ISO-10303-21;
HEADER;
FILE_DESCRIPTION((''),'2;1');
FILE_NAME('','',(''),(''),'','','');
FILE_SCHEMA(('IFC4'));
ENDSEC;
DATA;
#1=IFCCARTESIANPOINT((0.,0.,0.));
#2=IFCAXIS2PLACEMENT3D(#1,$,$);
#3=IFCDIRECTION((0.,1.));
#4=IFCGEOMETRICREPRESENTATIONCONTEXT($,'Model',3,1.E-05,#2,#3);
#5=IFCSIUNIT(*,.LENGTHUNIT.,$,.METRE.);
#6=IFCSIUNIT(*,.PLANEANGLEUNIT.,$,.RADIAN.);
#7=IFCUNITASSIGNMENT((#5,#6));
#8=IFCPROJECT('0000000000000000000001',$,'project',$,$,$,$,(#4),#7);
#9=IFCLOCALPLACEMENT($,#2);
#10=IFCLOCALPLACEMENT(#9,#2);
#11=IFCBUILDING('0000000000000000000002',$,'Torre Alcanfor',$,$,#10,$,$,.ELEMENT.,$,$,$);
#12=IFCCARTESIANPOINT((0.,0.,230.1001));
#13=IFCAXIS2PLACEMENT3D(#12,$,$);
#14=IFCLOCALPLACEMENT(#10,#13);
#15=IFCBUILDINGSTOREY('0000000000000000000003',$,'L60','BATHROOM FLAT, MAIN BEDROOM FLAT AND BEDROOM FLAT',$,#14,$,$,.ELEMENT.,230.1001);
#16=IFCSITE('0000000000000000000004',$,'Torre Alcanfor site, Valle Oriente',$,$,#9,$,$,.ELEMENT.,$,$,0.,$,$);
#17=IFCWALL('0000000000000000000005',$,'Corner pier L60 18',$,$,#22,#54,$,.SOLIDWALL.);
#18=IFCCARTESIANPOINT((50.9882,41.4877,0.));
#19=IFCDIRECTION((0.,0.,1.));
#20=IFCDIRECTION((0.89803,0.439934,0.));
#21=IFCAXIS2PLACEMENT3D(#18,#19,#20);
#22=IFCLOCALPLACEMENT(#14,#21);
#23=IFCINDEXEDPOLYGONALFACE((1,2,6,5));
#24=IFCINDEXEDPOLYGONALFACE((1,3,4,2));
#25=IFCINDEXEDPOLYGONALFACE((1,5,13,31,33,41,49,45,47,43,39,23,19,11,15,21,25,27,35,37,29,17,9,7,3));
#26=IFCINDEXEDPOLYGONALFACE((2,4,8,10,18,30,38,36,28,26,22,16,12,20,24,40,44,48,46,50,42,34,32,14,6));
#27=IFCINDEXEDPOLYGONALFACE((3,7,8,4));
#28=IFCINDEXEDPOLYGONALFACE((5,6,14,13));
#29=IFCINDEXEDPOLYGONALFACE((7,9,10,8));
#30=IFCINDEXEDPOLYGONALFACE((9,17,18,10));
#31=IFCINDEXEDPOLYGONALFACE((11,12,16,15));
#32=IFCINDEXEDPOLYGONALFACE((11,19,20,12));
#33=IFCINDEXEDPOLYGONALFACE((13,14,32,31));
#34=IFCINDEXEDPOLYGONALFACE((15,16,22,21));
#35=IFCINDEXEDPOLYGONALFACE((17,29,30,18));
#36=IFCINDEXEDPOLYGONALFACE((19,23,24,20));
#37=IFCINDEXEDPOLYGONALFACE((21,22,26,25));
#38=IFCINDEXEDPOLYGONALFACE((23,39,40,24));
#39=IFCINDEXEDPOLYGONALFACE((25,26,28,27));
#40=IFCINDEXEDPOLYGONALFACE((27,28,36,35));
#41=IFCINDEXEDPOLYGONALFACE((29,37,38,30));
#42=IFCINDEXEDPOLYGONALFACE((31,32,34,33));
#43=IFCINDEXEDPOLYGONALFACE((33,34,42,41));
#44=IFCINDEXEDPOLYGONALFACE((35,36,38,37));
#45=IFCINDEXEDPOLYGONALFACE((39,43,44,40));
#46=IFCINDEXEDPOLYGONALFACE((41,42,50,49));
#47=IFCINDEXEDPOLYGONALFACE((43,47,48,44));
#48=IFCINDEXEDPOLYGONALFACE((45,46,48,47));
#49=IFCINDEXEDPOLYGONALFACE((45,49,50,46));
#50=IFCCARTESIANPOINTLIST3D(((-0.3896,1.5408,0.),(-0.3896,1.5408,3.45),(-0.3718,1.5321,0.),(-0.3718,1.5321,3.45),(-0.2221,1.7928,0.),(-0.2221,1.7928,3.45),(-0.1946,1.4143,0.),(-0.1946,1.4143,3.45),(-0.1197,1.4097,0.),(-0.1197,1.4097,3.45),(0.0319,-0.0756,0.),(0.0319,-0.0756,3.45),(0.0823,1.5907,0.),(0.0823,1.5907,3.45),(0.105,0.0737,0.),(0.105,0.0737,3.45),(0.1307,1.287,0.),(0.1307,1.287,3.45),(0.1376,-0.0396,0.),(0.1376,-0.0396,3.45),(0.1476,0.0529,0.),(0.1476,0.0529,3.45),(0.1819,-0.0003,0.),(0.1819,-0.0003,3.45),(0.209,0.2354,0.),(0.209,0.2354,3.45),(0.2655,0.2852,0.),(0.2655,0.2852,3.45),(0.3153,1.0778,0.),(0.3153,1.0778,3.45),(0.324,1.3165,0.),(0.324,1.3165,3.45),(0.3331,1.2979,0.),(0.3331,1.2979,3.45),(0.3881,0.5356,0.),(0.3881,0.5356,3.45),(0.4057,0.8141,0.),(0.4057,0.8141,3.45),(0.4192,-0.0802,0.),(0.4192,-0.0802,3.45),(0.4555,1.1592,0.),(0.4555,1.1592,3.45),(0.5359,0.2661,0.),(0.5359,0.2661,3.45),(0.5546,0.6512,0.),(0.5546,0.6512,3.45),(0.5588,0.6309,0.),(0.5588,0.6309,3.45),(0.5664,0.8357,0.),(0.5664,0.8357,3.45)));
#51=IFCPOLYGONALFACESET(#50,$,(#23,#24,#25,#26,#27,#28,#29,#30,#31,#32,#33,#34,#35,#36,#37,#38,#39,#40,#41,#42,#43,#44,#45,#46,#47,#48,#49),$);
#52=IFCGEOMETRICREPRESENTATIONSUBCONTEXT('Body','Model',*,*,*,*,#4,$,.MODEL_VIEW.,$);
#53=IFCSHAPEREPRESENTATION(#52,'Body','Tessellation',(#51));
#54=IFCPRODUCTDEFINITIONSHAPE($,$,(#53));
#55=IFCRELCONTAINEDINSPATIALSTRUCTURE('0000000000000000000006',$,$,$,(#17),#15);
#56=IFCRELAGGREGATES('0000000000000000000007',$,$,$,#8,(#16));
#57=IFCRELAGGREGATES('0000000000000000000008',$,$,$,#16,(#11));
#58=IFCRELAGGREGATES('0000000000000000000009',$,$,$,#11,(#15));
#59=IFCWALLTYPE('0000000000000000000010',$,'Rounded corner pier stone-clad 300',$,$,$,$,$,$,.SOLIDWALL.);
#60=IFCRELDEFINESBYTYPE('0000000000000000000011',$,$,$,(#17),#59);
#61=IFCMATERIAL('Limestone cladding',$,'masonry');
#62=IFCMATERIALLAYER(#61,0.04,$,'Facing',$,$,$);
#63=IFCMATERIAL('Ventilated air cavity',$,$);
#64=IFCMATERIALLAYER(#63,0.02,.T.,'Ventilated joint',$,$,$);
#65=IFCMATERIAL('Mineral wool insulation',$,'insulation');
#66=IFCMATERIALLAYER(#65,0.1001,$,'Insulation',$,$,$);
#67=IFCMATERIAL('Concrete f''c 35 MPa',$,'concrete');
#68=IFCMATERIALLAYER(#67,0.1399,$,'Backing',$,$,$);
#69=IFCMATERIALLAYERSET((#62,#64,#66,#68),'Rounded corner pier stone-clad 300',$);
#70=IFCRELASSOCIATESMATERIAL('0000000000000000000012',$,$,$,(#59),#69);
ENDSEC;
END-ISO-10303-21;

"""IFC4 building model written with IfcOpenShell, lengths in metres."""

from ifc_helpers import new_model, si_unit, direction, frame, origin, place, context, subcontext, project, spatial, polyline, outline, extrude, material, layer, layer_set, type_object, element, save


model = new_model("IFC4")

# Units and contexts
model_context = context("Model", 3, precision=1e-05, world=origin(), true_north=direction((0.0, 1.0)))
body_context = subcontext(model_context, "Body", "Model", "MODEL_VIEW")
ifc_project = project(units=[si_unit("LENGTHUNIT", "METRE"), si_unit("PLANEANGLEUNIT", "RADIAN")], contexts=[model_context])

# Site, building, storey
site_placement = place(None, origin())
site = spatial("IfcSite", under=ifc_project, at=site_placement, Name="Torre Alcanfor site, Valle Oriente", CompositionType="ELEMENT", RefElevation=0.0)
building_placement = place(site_placement, origin())
building = spatial("IfcBuilding", under=site, at=building_placement, Name="Torre Alcanfor", CompositionType="ELEMENT")
storey_placement = place(building_placement, frame((0.0, 0.0, 230.1001)))
storey = spatial("IfcBuildingStorey", under=building, at=storey_placement, Name="L60", Description="BATHROOM FLAT, MAIN BEDROOM FLAT AND BEDROOM FLAT", CompositionType="ELEMENT", Elevation=230.1001)

# Wall
ifc_material_1 = material(Name="Limestone cladding", Category="masonry")
ifc_layer_1 = layer(ifc_material_1, 0.04, Name="Facing")
ifc_material_2 = material(Name="Ventilated air cavity")
ifc_layer_2 = layer(ifc_material_2, 0.02, ventilated=True, Name="Ventilated joint")
ifc_material_3 = material(Name="Mineral wool insulation", Category="insulation")
ifc_layer_3 = layer(ifc_material_3, 0.1001, Name="Insulation")
ifc_material_4 = material(Name="Concrete f'c 35 MPa", Category="concrete")
ifc_layer_4 = layer(ifc_material_4, 0.1399, Name="Backing")
ifc_layer_set_1 = layer_set([ifc_layer_1, ifc_layer_2, ifc_layer_3, ifc_layer_4], Name="Rounded corner pier stone-clad 300")
wall_type_1 = type_object("IfcWallType", Name="Rounded corner pier stone-clad 300", PredefinedType="SOLIDWALL", material=ifc_layer_set_1)
wall_1_placement = place(storey_placement, frame((50.9882, 41.4877, 0.0), z_axis=(0.0, 0.0, 1.0), x_axis=(0.89803, 0.439934, 0.0)))
element("IfcWall", 1, at=wall_1_placement, inside=storey, type_object=wall_type_1, Name="Corner pier L60 18", PredefinedType="SOLIDWALL", context=body_context, shape_type="SweptSolid", body=[
    extrude(outline(polyline([(0.1376, -0.0396), (0.1819, -0.0003), (0.4192, -0.0802), (0.5359, 0.2661), (0.5588, 0.6309), (0.5546, 0.6512), (0.5664, 0.8357), (0.4555, 1.1592), (0.3331, 1.2979), (0.324, 1.3165), (0.0823, 1.5907), (-0.2221, 1.7928), (-0.3896, 1.5408), (-0.3718, 1.5321), (-0.1946, 1.4143), (-0.1197, 1.4097), (0.1307, 1.287), (0.3153, 1.0778), (0.4057, 0.8141), (0.3881, 0.5356), (0.2655, 0.2852), (0.209, 0.2354), (0.1476, 0.0529), (0.105, 0.0737), (0.0319, -0.0756), (0.1376, -0.0396)])), origin(), (0.0, 0.0, 1.0), 3.45),
])

save(model, "model.ifc")
